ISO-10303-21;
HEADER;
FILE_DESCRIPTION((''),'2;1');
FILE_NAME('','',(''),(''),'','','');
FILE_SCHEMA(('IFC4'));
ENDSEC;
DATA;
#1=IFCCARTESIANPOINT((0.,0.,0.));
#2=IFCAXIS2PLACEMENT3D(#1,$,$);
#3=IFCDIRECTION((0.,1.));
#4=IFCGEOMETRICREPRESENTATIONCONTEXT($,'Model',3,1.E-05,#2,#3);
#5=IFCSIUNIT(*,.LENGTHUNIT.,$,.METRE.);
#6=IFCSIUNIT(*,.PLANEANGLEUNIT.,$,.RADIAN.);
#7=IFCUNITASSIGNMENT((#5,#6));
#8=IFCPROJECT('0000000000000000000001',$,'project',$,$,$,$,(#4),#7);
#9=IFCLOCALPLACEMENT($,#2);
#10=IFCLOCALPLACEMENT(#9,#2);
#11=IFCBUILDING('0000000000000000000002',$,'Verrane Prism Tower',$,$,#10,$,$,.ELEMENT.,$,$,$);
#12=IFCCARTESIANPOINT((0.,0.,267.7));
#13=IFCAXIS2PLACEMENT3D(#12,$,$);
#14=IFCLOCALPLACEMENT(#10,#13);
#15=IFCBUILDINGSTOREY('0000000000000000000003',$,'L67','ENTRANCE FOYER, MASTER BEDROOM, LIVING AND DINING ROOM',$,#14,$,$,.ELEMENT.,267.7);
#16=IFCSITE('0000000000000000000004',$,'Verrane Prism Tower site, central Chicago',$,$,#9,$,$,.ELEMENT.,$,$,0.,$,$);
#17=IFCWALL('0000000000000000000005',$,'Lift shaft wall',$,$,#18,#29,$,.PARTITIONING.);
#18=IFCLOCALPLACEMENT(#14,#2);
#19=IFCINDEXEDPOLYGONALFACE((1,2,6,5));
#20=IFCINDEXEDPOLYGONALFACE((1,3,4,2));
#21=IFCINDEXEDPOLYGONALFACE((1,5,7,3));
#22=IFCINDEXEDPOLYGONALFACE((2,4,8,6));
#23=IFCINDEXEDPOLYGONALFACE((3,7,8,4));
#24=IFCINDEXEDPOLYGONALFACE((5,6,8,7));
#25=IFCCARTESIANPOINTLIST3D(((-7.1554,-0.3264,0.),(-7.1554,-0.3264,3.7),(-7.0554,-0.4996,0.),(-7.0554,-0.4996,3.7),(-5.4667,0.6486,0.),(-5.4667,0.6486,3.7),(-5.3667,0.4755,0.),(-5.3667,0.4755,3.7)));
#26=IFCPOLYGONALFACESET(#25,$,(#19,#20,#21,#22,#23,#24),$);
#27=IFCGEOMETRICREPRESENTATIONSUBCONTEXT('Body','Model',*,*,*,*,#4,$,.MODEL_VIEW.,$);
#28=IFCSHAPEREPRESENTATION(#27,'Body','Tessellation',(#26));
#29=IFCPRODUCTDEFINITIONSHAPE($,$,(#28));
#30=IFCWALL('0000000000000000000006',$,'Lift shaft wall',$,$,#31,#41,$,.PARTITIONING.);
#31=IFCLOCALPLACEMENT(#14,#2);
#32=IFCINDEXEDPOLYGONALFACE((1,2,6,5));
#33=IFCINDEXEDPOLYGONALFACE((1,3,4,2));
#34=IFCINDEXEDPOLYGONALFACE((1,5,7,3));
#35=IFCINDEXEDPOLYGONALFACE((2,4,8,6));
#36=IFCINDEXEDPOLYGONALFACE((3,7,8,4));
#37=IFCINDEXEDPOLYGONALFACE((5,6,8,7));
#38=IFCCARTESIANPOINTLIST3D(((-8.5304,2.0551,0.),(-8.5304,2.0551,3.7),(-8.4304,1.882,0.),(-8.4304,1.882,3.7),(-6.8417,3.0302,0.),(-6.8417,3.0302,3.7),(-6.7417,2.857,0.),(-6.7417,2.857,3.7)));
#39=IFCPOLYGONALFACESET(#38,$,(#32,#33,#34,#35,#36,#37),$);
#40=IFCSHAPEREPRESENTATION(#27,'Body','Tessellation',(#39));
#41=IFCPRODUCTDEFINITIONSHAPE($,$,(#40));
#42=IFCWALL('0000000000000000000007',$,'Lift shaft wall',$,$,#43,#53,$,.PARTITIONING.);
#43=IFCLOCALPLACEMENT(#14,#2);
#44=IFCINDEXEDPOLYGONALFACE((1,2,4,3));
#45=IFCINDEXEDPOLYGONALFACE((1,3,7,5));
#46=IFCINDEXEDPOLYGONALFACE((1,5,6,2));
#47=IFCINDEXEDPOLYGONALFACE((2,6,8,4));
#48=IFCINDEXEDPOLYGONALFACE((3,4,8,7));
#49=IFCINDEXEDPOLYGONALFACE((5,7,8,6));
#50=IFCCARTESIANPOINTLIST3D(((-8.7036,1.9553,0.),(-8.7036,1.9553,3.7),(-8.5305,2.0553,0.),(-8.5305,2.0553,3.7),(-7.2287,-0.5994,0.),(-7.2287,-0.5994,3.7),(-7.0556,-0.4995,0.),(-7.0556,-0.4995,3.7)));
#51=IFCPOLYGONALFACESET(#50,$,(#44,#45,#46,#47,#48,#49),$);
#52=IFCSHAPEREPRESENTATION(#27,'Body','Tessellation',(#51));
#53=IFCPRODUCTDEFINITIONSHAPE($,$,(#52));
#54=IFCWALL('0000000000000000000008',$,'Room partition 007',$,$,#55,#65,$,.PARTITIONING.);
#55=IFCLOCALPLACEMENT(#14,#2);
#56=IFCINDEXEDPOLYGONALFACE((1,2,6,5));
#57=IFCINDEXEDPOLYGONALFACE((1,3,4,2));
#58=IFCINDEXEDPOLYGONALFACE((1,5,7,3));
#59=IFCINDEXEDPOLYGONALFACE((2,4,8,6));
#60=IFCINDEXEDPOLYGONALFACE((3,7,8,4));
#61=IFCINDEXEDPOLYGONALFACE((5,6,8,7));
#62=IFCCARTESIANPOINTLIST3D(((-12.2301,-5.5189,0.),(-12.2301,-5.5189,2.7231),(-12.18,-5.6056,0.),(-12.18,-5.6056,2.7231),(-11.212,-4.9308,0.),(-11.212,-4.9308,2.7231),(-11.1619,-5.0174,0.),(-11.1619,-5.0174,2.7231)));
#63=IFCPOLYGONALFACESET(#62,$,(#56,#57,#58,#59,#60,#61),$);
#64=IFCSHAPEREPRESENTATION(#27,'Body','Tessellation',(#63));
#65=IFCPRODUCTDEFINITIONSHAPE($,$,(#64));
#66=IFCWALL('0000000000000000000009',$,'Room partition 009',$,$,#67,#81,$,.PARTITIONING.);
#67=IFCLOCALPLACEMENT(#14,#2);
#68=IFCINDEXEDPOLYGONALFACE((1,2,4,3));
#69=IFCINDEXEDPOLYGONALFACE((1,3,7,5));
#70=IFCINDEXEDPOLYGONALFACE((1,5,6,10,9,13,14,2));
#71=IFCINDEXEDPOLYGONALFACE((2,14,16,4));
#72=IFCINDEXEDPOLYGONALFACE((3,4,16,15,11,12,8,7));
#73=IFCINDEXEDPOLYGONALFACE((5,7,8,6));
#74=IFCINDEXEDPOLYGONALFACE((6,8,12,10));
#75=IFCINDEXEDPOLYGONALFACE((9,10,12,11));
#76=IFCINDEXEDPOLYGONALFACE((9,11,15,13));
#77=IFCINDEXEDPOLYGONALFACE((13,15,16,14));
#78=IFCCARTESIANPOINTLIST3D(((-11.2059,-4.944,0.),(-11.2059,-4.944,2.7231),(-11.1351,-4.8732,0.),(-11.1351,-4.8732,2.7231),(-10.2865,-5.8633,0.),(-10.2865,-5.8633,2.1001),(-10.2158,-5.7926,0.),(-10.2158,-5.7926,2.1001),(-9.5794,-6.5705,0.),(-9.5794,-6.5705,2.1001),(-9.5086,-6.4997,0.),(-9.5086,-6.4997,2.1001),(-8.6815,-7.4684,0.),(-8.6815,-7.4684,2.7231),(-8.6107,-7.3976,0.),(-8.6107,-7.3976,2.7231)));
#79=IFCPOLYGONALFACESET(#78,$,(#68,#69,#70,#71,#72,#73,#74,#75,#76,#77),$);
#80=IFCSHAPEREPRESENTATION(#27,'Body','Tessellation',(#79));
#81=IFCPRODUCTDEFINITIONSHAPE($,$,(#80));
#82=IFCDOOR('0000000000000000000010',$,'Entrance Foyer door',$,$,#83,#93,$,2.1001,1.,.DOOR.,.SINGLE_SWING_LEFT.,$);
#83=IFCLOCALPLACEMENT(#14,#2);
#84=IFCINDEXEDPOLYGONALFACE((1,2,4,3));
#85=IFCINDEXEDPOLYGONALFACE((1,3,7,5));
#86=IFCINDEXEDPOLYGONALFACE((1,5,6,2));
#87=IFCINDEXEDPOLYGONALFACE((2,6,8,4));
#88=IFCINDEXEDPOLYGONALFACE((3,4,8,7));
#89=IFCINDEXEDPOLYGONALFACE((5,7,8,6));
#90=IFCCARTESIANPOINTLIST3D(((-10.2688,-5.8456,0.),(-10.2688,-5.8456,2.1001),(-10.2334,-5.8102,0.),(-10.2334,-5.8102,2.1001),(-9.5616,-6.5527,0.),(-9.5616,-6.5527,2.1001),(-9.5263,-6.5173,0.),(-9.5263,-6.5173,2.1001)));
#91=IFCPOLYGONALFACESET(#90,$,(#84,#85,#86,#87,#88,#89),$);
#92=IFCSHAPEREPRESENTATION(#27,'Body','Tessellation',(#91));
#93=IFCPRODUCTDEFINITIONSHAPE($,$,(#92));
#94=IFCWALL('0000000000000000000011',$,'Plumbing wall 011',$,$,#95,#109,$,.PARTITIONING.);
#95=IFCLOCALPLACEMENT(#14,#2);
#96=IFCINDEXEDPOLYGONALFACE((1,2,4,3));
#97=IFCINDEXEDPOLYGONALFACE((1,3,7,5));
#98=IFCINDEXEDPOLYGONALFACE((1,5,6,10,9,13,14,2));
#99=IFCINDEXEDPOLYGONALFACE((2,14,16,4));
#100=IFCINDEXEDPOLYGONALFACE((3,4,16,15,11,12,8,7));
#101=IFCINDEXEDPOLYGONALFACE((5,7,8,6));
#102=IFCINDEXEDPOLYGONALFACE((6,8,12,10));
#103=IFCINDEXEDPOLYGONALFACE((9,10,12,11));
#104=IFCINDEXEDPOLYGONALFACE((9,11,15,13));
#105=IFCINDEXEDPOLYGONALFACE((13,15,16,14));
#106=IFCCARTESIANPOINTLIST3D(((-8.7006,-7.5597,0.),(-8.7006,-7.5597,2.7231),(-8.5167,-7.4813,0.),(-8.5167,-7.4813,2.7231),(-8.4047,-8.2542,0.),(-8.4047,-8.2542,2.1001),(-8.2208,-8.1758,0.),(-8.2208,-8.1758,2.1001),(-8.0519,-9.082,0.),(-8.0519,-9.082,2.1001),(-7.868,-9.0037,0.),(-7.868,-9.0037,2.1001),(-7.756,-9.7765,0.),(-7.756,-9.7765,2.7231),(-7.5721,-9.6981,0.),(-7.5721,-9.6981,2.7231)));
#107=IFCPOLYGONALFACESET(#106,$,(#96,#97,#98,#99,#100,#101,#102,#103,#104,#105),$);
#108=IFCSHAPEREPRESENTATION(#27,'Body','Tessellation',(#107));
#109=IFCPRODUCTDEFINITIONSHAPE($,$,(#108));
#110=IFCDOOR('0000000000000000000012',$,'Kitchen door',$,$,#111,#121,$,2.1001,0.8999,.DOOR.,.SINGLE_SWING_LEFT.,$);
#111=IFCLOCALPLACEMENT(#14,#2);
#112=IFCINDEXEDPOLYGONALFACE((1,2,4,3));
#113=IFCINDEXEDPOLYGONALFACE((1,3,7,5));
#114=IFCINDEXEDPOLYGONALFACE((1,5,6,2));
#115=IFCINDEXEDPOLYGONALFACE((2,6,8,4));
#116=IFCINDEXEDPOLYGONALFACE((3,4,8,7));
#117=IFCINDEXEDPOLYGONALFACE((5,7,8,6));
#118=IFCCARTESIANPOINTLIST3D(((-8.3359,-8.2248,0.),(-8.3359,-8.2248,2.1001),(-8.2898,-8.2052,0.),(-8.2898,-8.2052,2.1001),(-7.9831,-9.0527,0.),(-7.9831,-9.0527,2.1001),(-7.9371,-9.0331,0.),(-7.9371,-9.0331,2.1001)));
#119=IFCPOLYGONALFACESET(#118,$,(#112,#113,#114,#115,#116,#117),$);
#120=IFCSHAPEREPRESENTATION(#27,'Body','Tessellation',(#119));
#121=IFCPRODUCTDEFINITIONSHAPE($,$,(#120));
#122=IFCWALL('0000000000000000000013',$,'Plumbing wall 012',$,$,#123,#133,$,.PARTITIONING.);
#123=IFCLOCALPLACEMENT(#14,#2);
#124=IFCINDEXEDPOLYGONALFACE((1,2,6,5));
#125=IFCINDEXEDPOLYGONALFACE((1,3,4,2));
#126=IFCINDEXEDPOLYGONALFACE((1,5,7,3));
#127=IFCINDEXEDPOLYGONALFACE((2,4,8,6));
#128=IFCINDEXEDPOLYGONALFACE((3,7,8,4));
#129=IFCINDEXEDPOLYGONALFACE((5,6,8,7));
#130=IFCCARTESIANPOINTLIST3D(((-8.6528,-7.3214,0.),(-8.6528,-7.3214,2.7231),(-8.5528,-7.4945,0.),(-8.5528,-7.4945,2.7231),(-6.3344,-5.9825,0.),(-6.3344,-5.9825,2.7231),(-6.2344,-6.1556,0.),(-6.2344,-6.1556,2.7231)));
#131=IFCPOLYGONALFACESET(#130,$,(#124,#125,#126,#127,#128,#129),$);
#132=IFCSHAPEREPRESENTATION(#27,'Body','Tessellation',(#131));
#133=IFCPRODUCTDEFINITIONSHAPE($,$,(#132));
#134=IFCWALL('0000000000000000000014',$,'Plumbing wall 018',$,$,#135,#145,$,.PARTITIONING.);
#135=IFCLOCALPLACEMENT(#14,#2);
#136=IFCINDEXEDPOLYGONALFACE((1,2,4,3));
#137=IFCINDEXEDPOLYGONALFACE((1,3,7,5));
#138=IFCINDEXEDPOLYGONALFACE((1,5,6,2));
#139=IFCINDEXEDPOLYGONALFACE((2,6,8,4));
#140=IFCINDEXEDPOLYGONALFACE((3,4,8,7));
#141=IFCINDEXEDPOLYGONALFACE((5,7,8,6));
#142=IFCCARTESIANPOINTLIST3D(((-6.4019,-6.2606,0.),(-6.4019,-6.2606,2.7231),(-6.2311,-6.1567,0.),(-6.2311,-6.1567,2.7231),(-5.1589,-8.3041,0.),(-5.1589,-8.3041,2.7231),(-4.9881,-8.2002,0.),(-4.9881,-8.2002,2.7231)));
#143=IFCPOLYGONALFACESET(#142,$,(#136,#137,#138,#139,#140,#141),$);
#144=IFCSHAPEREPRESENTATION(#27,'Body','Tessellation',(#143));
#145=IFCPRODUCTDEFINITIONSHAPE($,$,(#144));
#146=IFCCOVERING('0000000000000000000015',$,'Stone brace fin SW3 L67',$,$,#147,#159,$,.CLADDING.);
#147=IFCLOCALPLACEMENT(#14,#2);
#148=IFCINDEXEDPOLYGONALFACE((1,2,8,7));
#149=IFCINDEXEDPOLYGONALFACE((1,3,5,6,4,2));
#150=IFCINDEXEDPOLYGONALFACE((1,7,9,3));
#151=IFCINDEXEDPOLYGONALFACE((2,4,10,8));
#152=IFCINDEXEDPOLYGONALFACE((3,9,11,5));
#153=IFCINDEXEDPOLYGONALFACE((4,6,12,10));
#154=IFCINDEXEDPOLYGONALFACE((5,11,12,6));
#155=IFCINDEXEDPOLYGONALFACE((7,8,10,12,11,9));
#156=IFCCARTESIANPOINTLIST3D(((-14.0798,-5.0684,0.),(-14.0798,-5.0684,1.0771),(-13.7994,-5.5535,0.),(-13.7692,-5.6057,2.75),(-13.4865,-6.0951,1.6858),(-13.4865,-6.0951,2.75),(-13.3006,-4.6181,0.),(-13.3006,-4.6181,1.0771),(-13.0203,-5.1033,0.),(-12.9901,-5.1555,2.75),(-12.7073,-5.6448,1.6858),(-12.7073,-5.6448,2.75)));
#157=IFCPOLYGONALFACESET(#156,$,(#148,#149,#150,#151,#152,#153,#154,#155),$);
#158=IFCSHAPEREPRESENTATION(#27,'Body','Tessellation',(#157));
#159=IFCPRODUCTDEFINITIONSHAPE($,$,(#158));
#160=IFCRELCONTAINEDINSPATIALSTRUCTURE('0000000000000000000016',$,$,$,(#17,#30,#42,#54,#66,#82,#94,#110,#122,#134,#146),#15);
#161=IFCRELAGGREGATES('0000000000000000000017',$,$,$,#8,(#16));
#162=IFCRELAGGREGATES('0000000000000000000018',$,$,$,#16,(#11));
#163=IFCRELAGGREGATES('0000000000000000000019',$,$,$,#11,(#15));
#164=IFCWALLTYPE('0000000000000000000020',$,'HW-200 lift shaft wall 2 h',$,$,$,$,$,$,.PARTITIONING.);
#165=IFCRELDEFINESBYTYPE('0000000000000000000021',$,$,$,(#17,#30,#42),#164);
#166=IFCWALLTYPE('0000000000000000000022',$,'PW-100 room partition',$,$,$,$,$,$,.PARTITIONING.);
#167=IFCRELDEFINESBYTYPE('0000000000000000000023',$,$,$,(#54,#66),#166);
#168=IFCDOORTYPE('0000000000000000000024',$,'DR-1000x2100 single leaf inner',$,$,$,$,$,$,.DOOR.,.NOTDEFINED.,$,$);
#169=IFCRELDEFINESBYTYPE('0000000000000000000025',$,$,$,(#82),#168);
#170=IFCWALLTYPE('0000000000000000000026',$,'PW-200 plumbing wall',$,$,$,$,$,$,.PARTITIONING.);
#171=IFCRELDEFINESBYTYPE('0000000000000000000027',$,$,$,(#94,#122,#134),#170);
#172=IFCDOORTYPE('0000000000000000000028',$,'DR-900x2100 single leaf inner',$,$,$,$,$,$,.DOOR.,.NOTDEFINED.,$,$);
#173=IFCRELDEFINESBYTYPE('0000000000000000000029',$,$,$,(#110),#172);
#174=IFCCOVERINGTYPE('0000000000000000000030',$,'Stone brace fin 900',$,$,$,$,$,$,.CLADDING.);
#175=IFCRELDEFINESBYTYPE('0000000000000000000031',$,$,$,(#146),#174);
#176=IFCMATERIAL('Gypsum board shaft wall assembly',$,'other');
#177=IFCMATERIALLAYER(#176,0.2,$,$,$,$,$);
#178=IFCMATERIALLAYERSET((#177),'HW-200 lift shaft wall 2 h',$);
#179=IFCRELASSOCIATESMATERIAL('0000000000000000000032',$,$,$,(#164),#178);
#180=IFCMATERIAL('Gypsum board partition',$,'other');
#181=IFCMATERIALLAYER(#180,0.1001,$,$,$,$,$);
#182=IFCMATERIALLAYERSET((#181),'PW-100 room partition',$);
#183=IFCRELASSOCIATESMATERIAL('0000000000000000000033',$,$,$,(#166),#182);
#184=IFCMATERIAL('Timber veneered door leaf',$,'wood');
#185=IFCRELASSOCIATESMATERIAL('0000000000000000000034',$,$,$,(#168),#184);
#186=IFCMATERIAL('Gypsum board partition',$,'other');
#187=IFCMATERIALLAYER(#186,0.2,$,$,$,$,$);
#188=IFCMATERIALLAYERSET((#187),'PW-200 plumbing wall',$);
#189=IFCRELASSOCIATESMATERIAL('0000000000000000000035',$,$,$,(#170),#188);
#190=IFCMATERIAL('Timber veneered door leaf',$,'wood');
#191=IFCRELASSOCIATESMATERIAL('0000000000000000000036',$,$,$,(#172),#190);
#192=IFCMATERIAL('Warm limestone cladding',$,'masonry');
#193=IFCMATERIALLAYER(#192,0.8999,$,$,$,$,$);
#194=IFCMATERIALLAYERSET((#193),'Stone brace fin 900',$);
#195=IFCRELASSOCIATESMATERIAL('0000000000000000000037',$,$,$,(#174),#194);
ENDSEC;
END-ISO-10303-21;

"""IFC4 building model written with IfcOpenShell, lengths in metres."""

from ifc_helpers import new_model, si_unit, direction, frame, frame_2d, origin, place, context, subcontext, project, spatial, polyline, rectangle, outline, extrude, material, layer, layer_set, type_object, element, fill, save


model = new_model("IFC4")

# Units and contexts
model_context = context("Model", 3, precision=1e-05, world=origin(), true_north=direction((0.0, 1.0)))
body_context = subcontext(model_context, "Body", "Model", "MODEL_VIEW")
ifc_project = project(units=[si_unit("LENGTHUNIT", "METRE"), si_unit("PLANEANGLEUNIT", "RADIAN")], contexts=[model_context])

# Site, building, storey
site_placement = place(None, origin())
site = spatial("IfcSite", under=ifc_project, at=site_placement, Name="Verrane Prism Tower site, central Chicago", CompositionType="ELEMENT", RefElevation=0.0)
building_placement = place(site_placement, origin())
building = spatial("IfcBuilding", under=site, at=building_placement, Name="Verrane Prism Tower", CompositionType="ELEMENT")
storey_placement = place(building_placement, frame((0.0, 0.0, 267.7)))
storey = spatial("IfcBuildingStorey", under=building, at=storey_placement, Name="L67", Description="ENTRANCE FOYER, MASTER BEDROOM, LIVING AND DINING ROOM", CompositionType="ELEMENT", Elevation=267.7)

# Walls
ifc_material_1 = material(Name="Gypsum board shaft wall assembly", Category="other")
ifc_layer_1 = layer(ifc_material_1, 0.2)
ifc_layer_set_1 = layer_set([ifc_layer_1], Name="HW-200 lift shaft wall 2 h")
wall_type_1 = type_object("IfcWallType", Name="HW-200 lift shaft wall 2 h", PredefinedType="PARTITIONING", material=ifc_layer_set_1)
for number, where, z_axis, x_axis, name in (
    (1, (-7.1055, -0.4131, 0.0), (0.0, 0.0, 1.0), (0.866, 0.500044, 0.0), "Lift shaft wall"),
    (2, (-8.4805, 1.9685, 0.0), (0.0, 0.0, 1.0), (0.866, 0.500044, 0.0), "Lift shaft wall"),
):
    element("IfcWall", number, at=place(storey_placement, frame(where, z_axis=z_axis, x_axis=x_axis)), inside=storey, type_object=wall_type_1, Name=name, PredefinedType="PARTITIONING", context=body_context, shape_type="SweptSolid", body=[
        extrude(rectangle(XDim=1.95, YDim=0.2, at=frame_2d((0.9751, 0.0))), origin(), (0.0, 0.0, 1.0), 3.7),
    ])
wall_1_placement = place(storey_placement, frame((-7.1421, -0.5496, 0.0), z_axis=(0.0, 0.0, 1.0), x_axis=(-0.499976, 0.866039, 0.0)))
element("IfcWall", 3, at=wall_1_placement, inside=storey, type_object=wall_type_1, Name="Lift shaft wall", PredefinedType="PARTITIONING", context=body_context, shape_type="SweptSolid", body=[
    extrude(rectangle(XDim=2.95, YDim=0.2, at=frame_2d((1.4751, 0.0))), origin(), (0.0, 0.0, 1.0), 3.7),
])
ifc_material_2 = material(Name="Gypsum board partition", Category="other")
ifc_layer_2 = layer(ifc_material_2, 0.1001)
ifc_layer_set_2 = layer_set([ifc_layer_2], Name="PW-100 room partition")
wall_type_2 = type_object("IfcWallType", Name="PW-100 room partition", PredefinedType="PARTITIONING", material=ifc_layer_set_2)
wall_2_placement = place(storey_placement, frame((-12.2051, -5.5623, 0.0), z_axis=(0.0, 0.0, 1.0), x_axis=(0.865895, 0.500226, 0.0)))
element("IfcWall", 4, at=wall_2_placement, inside=storey, type_object=wall_type_2, Name="Room partition 007", PredefinedType="PARTITIONING", context=body_context, shape_type="SweptSolid", body=[
    extrude(rectangle(XDim=1.1758, YDim=0.1001, at=frame_2d((0.5879, 0.0))), origin(), (0.0, 0.0, 1.0), 2.7231),
])

# Walls, openings, doors
wall_3_placement = place(storey_placement, frame((-8.646, -7.4331, 0.0), z_axis=(0.0, 0.0, 1.0), x_axis=(-0.707107, 0.707107, 0.0)))
wall_3 = element("IfcWall", 5, at=wall_3_placement, inside=storey, type_object=wall_type_2, Name="Room partition 009", PredefinedType="PARTITIONING", context=body_context, shape_type="SweptSolid", body=[
    extrude(rectangle(XDim=3.5701, YDim=0.1001, at=frame_2d((1.7852, 0.0))), origin(), (0.0, 0.0, 1.0), 2.7231),
])
opening_1_placement = place(wall_3_placement, frame((1.27, 0.0, 0.0)))
opening_1 = element("IfcOpeningElement", 6, at=opening_1_placement, cuts=wall_3, PredefinedType="OPENING", context=body_context, shape_type="SweptSolid", body=[
    extrude(rectangle(XDim=1.0, YDim=2.1001, at=frame_2d((0.5, 1.05))), frame((0.0, 0.0601, 0.0), z_axis=(0.0, -1.0, 0.0), x_axis=(1.0, 0.0, 0.0)), (0.0, 0.0, 1.0), 0.1201),
])
ifc_material_3 = material(Name="Timber veneered door leaf", Category="wood")
door_type_1 = type_object("IfcDoorType", Name="DR-1000x2100 single leaf inner", OperationType="NOTDEFINED", PredefinedType="DOOR", material=ifc_material_3)
door_1_placement = place(opening_1_placement, origin())
door_1 = element("IfcDoor", 7, at=door_1_placement, inside=storey, type_object=door_type_1, Name="Entrance Foyer door", OperationType="SINGLE_SWING_LEFT", OverallHeight=2.1001, OverallWidth=1.0, PredefinedType="DOOR", context=body_context, shape_type="SweptSolid", body=[
    extrude(rectangle(XDim=1.0, YDim=2.1001, at=frame_2d((0.5, 1.05))), frame((0.0, 0.0249, 0.0), z_axis=(0.0, -1.0, 0.0), x_axis=(1.0, 0.0, 0.0)), (0.0, 0.0, 1.0), 0.05),
])
fill(opening_1, door_1)
ifc_material_4 = material(Name="Gypsum board partition", Category="other")
ifc_layer_3 = layer(ifc_material_4, 0.2)
ifc_layer_set_3 = layer_set([ifc_layer_3], Name="PW-200 plumbing wall")
wall_type_3 = type_object("IfcWallType", Name="PW-200 plumbing wall", PredefinedType="PARTITIONING", material=ifc_layer_set_3)
wall_4_placement = place(storey_placement, frame((-8.6086, -7.5205, 0.0), z_axis=(0.0, 0.0, 1.0), x_axis=(0.391999, -0.919966, 0.0)))
wall_4 = element("IfcWall", 8, at=wall_4_placement, inside=storey, type_object=wall_type_3, Name="Plumbing wall 011", PredefinedType="PARTITIONING", context=body_context, shape_type="SweptSolid", body=[
    extrude(rectangle(XDim=2.4097, YDim=0.2, at=frame_2d((1.2048, 0.0))), origin(), (0.0, 0.0, 1.0), 2.7231),
])
opening_2_placement = place(wall_4_placement, frame((0.7549, 0.0, 0.0)))
opening_2 = element("IfcOpeningElement", 9, at=opening_2_placement, cuts=wall_4, PredefinedType="OPENING", context=body_context, shape_type="SweptSolid", body=[
    extrude(rectangle(XDim=0.8999, YDim=2.1001, at=frame_2d((0.45, 1.05))), frame((0.0, 0.1099, 0.0), z_axis=(0.0, -1.0, 0.0), x_axis=(1.0, 0.0, 0.0)), (0.0, 0.0, 1.0), 0.22),
])
ifc_material_5 = material(Name="Timber veneered door leaf", Category="wood")
door_type_2 = type_object("IfcDoorType", Name="DR-900x2100 single leaf inner", OperationType="NOTDEFINED", PredefinedType="DOOR", material=ifc_material_5)
door_2_placement = place(opening_2_placement, origin())
door_2 = element("IfcDoor", 10, at=door_2_placement, inside=storey, type_object=door_type_2, Name="Kitchen door", OperationType="SINGLE_SWING_LEFT", OverallHeight=2.1001, OverallWidth=0.8999, PredefinedType="DOOR", context=body_context, shape_type="SweptSolid", body=[
    extrude(rectangle(XDim=0.8999, YDim=2.1001, at=frame_2d((0.45, 1.05))), frame((0.0, 0.0249, 0.0), z_axis=(0.0, -1.0, 0.0), x_axis=(1.0, 0.0, 0.0)), (0.0, 0.0, 1.0), 0.05),
])
fill(opening_2, door_2)

# Walls
wall_5_placement = place(storey_placement, frame((-8.6028, -7.408, 0.0), z_axis=(0.0, 0.0, 1.0), x_axis=(0.865967, 0.500101, 0.0)))
element("IfcWall", 11, at=wall_5_placement, inside=storey, type_object=wall_type_3, Name="Plumbing wall 012", PredefinedType="PARTITIONING", context=body_context, shape_type="SweptSolid", body=[
    extrude(rectangle(XDim=2.6772, YDim=0.2, at=frame_2d((1.3386, 0.0))), origin(), (0.0, 0.0, 1.0), 2.7231),
])
wall_6_placement = place(storey_placement, frame((-6.3164, -6.2087, 0.0), z_axis=(0.0, 0.0, 1.0), x_axis=(0.519665, -0.85437, 0.0)))
element("IfcWall", 12, at=wall_6_placement, inside=storey, type_object=wall_type_3, Name="Plumbing wall 018", PredefinedType="PARTITIONING", context=body_context, shape_type="SweptSolid", body=[
    extrude(rectangle(XDim=2.3918, YDim=0.2, at=frame_2d((1.1958, 0.0))), origin(), (0.0, 0.0, 1.0), 2.7231),
])

# Covering
ifc_material_6 = material(Name="Warm limestone cladding", Category="masonry")
ifc_layer_4 = layer(ifc_material_6, 0.8999)
ifc_layer_set_4 = layer_set([ifc_layer_4], Name="Stone brace fin 900")
covering_type = type_object("IfcCoveringType", Name="Stone brace fin 900", PredefinedType="CLADDING", material=ifc_layer_set_4)
covering_placement = place(storey_placement, frame((-13.6902, -4.8433, 0.0), z_axis=(0.0, 0.0, 1.0), x_axis=(0.500346, -0.865825, 0.0)))
element("IfcCovering", 13, at=covering_placement, inside=storey, type_object=covering_type, Name="Stone brace fin SW3 L67", PredefinedType="CLADDING", context=body_context, shape_type="SweptSolid", body=[
    extrude(outline(polyline([(1.1858, 2.75), (0.6206, 2.75), (0.0, 1.0771), (0.0, 0.0), (0.5603, 0.0), (1.1858, 1.6858), (1.1858, 2.75)])), frame((0.0, 0.45, 0.0), z_axis=(0.0, -1.0, 0.0), x_axis=(1.0, 0.0, 0.0)), (0.0, 0.0, 1.0), 0.8999),
])

save(model, "model.ifc")
